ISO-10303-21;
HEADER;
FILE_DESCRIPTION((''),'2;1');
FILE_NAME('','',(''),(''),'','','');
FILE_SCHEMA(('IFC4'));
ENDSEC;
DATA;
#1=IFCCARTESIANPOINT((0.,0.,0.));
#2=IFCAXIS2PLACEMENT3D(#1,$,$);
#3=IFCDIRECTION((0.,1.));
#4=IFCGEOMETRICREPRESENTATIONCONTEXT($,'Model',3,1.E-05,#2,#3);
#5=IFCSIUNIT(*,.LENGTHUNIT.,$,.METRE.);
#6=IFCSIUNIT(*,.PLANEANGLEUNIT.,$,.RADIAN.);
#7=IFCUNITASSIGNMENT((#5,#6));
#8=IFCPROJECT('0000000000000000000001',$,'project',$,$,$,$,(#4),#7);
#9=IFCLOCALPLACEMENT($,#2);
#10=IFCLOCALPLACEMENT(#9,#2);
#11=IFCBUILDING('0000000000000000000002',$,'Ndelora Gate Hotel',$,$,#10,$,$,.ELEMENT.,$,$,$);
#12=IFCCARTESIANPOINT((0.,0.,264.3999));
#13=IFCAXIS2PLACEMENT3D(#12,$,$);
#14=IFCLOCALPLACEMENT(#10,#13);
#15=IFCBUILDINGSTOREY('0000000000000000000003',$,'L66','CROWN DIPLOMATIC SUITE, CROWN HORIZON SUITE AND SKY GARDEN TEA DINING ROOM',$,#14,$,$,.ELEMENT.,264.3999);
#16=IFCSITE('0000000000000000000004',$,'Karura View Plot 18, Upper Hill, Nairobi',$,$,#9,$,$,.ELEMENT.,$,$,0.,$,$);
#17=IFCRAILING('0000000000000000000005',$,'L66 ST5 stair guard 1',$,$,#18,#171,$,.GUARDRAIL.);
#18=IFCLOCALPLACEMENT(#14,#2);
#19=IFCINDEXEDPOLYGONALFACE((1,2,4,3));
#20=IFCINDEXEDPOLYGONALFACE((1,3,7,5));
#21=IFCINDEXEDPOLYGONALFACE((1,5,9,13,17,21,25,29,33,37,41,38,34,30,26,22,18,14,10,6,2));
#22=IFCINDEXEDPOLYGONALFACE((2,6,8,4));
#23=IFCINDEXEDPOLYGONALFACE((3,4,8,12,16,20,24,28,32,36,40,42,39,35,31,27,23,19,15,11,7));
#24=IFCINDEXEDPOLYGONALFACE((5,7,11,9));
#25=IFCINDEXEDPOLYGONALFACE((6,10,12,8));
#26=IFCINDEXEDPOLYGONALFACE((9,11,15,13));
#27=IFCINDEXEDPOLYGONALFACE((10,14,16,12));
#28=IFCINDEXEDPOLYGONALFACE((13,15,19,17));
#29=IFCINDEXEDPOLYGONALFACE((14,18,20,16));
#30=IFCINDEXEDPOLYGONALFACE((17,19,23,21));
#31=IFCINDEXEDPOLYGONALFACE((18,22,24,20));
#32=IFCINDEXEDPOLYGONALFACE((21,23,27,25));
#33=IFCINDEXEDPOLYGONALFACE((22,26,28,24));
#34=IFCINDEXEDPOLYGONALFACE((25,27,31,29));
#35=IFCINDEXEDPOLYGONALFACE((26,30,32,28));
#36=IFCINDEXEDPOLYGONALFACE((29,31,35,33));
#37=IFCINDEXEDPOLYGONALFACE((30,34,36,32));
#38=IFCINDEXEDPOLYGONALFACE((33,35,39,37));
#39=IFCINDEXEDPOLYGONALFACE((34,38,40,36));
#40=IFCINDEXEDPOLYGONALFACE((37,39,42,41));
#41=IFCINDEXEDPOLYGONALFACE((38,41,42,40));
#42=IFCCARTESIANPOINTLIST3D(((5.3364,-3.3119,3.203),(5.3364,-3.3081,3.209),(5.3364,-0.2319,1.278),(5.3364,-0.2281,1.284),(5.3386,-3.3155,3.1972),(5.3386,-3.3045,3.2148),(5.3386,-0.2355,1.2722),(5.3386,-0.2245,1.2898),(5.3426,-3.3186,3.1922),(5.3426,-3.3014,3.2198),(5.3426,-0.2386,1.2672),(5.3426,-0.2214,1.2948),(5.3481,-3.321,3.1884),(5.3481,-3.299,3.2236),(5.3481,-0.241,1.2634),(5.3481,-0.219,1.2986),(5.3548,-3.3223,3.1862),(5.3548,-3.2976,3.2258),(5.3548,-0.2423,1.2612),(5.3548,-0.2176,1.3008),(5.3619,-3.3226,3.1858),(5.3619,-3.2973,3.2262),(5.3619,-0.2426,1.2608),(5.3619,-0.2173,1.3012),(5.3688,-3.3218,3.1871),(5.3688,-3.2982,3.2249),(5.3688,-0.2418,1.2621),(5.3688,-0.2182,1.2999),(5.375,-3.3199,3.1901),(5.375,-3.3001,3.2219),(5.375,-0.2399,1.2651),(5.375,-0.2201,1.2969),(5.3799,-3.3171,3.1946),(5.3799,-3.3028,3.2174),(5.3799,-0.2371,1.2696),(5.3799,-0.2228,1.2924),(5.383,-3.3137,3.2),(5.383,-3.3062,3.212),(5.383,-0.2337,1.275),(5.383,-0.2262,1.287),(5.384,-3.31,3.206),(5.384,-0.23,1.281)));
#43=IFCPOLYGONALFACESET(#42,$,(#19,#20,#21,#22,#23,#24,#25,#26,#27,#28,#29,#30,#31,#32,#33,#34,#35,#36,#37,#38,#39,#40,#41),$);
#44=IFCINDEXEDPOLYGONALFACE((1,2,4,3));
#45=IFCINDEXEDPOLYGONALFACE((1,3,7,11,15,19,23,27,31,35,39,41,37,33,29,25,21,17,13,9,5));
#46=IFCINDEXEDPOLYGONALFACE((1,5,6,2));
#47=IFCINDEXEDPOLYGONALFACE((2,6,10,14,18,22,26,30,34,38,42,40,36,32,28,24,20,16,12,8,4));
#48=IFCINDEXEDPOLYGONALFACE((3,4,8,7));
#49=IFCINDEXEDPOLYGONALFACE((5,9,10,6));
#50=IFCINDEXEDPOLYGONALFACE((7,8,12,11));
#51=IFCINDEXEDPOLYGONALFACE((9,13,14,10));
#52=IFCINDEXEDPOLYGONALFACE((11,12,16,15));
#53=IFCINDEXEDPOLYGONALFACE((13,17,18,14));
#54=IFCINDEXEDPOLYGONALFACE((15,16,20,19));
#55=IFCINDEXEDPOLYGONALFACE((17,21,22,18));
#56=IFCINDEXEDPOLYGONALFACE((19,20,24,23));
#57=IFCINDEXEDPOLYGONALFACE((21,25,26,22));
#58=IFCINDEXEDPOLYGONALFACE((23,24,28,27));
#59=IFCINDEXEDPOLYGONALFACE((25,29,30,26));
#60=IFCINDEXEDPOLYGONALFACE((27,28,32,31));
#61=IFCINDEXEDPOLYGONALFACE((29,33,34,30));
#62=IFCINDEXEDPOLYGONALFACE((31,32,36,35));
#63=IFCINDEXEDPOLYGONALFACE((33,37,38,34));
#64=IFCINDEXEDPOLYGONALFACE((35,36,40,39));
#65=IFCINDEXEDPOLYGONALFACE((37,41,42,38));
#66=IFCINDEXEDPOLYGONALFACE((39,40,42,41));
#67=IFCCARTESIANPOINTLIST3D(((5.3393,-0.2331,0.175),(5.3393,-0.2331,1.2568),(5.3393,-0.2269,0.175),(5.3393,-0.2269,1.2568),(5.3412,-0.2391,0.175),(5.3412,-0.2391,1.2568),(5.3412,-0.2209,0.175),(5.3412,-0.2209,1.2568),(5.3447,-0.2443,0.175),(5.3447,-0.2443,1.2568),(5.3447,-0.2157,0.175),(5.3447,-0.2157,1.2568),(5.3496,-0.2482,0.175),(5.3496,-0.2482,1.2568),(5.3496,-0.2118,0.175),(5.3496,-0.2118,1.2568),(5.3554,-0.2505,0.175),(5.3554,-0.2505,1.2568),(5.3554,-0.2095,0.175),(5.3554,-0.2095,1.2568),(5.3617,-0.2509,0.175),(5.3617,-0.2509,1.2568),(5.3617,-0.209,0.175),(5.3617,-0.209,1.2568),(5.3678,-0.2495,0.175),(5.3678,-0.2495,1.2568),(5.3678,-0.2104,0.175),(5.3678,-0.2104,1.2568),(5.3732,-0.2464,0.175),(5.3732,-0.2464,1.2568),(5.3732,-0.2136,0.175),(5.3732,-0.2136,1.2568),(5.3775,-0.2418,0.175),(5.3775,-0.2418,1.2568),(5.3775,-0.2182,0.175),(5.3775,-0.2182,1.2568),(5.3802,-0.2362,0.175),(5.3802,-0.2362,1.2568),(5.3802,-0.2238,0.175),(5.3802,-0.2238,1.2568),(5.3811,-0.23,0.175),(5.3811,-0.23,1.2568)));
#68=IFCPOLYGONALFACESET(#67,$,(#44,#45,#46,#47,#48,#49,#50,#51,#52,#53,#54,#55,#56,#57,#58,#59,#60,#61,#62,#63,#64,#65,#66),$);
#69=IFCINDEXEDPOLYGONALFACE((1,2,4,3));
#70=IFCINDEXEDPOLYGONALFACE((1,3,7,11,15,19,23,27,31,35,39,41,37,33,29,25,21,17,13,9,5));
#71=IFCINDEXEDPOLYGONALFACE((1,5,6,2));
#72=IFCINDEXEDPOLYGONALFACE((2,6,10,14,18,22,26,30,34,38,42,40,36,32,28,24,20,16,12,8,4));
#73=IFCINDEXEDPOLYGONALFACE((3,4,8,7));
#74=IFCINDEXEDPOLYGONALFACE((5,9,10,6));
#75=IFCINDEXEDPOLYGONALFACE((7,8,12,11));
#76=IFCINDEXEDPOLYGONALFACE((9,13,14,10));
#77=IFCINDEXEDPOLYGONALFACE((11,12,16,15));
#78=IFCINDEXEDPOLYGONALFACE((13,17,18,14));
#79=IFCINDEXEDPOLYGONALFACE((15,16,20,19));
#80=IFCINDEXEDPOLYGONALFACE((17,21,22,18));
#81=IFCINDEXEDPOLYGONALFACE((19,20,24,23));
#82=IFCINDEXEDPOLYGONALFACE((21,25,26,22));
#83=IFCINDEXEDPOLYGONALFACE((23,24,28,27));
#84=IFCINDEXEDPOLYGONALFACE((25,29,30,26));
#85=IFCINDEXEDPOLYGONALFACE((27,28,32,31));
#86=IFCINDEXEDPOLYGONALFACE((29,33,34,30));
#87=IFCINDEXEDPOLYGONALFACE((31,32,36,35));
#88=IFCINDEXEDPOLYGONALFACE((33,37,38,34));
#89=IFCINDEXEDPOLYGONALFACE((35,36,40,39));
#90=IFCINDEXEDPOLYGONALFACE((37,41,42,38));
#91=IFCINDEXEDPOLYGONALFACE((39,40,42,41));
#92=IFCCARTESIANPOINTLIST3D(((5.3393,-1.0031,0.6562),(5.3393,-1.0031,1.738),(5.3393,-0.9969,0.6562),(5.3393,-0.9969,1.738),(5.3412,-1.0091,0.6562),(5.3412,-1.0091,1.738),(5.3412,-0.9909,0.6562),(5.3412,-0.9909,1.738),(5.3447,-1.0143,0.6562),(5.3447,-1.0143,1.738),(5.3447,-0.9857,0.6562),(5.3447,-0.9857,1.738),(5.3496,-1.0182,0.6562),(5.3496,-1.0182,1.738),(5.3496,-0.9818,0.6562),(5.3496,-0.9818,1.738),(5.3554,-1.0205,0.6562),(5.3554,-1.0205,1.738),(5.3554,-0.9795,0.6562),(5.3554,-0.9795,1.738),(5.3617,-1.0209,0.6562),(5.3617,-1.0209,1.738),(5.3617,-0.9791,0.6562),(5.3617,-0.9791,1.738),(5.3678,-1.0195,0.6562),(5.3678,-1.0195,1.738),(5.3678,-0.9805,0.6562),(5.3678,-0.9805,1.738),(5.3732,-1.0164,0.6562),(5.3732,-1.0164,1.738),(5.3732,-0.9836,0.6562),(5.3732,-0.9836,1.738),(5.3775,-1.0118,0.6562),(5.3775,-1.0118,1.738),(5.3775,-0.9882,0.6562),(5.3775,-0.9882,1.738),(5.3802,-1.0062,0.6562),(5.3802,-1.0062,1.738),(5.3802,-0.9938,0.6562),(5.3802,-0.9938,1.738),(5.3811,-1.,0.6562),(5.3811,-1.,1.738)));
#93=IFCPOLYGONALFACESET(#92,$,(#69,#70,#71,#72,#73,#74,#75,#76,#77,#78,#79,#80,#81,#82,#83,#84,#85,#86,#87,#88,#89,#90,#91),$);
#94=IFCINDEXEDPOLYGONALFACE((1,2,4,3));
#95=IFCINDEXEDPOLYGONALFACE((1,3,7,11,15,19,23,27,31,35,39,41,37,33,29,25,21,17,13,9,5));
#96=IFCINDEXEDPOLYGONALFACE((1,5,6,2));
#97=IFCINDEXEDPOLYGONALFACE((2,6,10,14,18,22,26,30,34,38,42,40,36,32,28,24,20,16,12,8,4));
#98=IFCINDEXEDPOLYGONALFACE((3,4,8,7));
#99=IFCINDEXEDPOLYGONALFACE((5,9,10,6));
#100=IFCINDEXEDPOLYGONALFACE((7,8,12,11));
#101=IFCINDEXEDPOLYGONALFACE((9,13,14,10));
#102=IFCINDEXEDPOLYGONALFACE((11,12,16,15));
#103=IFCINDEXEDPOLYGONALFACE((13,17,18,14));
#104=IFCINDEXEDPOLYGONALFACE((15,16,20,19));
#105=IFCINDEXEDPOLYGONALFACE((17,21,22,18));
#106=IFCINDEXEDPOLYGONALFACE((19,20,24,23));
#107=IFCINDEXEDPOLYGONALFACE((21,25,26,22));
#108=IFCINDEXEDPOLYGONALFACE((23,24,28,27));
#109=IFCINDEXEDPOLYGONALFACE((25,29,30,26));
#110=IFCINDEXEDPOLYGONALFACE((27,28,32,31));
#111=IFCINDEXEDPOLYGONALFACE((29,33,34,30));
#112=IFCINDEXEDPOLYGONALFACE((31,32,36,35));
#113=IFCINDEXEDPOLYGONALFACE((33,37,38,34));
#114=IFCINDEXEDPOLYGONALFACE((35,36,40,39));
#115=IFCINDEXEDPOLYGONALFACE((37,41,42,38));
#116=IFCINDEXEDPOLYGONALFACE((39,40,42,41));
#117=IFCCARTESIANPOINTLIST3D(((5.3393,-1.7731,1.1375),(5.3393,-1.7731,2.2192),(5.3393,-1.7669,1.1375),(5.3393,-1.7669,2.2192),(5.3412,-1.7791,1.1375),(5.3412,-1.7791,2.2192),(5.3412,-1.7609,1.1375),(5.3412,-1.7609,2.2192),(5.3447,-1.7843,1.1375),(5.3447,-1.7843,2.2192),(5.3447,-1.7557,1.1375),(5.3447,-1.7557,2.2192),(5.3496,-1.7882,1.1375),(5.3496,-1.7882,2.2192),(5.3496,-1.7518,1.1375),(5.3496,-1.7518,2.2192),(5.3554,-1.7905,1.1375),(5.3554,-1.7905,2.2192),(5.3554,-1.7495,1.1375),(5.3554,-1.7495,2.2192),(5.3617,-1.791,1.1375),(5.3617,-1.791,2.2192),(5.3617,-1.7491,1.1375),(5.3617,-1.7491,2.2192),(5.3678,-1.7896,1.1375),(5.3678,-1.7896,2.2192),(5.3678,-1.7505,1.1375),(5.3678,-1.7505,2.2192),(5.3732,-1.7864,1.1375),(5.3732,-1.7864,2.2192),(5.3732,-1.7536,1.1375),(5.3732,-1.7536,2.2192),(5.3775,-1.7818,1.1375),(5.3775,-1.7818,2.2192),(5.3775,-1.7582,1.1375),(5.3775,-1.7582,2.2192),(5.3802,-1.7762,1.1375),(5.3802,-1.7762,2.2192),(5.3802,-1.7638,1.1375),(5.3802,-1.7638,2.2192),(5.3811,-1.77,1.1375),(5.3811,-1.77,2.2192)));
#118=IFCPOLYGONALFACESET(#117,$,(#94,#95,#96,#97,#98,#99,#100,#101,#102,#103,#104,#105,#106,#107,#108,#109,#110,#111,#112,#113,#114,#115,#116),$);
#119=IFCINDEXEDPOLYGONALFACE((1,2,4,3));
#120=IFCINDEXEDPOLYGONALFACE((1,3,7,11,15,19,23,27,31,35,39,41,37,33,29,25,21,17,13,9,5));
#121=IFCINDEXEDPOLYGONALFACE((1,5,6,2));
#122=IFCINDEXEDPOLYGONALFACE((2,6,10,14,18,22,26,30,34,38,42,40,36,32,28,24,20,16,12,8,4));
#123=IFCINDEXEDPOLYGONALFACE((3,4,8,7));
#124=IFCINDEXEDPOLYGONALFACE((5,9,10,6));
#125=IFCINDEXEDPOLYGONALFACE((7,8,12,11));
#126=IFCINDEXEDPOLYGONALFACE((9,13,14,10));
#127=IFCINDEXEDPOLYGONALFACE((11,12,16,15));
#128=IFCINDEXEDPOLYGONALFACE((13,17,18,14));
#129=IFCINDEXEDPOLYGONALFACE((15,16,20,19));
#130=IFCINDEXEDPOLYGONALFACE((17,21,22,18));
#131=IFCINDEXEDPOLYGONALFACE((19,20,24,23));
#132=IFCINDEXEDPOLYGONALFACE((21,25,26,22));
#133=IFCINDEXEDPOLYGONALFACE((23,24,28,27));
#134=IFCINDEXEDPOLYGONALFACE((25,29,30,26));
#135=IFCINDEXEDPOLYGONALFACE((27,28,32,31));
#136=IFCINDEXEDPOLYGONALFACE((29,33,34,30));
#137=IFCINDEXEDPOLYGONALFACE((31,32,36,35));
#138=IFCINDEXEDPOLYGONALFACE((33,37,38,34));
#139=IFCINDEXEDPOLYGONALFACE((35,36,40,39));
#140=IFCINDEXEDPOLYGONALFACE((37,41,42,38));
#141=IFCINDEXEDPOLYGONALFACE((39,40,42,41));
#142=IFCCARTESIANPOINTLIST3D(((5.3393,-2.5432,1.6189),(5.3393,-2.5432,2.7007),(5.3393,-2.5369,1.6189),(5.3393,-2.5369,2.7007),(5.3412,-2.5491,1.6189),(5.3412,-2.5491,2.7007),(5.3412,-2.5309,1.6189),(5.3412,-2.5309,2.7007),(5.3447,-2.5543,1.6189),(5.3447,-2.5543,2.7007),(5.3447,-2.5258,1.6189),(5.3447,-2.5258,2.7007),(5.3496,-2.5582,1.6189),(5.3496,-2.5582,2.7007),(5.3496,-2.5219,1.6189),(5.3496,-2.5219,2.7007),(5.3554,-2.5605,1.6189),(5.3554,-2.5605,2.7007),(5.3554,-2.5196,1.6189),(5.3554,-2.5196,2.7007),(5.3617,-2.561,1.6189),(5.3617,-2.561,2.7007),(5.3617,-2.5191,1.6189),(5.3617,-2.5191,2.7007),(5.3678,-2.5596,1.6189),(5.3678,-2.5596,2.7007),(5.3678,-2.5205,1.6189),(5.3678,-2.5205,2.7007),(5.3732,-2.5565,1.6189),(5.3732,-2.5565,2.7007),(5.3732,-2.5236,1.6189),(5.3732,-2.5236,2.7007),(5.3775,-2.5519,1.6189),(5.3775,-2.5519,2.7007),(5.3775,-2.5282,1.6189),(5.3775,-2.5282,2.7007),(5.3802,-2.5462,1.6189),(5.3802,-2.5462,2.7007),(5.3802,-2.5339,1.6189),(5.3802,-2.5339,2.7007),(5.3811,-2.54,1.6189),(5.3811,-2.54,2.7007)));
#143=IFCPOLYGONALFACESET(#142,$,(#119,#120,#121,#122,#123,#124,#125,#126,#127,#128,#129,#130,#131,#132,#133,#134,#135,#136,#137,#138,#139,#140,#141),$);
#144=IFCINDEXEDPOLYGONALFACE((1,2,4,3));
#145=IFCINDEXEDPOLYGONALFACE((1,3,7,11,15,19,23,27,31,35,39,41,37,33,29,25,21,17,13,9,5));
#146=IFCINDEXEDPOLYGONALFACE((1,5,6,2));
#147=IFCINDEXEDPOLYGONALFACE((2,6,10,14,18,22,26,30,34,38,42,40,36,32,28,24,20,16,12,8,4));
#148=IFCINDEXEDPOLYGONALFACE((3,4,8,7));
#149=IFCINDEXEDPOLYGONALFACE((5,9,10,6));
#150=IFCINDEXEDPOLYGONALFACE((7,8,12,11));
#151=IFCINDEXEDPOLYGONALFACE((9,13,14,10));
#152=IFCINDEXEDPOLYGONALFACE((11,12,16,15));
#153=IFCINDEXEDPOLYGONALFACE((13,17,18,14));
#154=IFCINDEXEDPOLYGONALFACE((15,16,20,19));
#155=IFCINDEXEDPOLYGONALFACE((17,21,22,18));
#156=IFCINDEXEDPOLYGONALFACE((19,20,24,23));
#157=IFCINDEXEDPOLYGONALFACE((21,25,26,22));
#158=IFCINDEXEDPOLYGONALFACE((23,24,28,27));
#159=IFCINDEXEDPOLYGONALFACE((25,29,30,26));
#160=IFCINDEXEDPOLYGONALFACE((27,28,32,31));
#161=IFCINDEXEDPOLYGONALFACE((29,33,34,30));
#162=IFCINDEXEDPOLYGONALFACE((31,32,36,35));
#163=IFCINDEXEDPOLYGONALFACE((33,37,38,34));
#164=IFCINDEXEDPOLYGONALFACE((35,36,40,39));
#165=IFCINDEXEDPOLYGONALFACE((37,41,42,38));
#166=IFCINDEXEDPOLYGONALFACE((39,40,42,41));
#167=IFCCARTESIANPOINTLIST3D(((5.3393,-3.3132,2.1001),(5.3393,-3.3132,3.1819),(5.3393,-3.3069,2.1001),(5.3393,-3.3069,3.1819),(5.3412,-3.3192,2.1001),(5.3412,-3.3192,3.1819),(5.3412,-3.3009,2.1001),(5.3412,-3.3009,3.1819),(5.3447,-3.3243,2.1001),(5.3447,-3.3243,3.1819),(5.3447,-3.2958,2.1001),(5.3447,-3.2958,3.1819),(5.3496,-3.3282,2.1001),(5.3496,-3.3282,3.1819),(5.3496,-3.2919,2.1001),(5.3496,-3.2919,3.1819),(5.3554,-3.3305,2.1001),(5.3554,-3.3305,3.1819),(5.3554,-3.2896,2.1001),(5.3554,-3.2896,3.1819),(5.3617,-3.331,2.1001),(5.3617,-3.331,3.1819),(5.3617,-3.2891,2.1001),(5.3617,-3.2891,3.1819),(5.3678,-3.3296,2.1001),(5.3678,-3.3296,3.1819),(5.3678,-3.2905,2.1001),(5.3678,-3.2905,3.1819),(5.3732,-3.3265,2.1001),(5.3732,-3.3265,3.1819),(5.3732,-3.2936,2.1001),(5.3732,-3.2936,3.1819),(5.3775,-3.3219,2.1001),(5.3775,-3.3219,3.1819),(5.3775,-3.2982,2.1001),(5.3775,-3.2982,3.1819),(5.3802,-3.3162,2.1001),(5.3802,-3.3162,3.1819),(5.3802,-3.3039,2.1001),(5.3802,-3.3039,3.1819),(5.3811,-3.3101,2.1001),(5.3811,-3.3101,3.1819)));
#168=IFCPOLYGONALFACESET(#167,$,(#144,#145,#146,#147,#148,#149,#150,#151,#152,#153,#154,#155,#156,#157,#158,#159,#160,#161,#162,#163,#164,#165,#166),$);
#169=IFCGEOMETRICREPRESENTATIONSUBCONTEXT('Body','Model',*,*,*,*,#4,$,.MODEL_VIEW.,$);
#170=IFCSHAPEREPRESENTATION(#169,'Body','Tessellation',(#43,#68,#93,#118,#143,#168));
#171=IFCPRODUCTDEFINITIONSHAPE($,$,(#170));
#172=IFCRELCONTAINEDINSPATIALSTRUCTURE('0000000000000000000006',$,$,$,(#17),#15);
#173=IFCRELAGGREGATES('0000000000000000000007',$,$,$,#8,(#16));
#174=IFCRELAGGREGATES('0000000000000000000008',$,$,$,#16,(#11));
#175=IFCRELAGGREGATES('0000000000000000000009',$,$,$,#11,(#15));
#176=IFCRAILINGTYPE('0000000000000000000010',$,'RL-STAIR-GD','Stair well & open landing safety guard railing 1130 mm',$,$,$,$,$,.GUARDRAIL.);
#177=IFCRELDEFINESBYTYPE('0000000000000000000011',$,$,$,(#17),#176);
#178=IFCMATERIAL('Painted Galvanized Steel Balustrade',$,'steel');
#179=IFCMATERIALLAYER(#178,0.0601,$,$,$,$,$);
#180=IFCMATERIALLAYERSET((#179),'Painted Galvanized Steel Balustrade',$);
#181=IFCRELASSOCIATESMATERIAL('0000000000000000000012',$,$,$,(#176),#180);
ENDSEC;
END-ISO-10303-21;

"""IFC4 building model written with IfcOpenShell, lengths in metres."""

from ifc_helpers import new_model, si_unit, direction, frame, origin, origin_2d, place, context, subcontext, project, spatial, circle, extrude, material, layer, layer_set, type_object, element, save


model = new_model("IFC4")

# Units and contexts
model_context = context("Model", 3, precision=1e-05, world=origin(), true_north=direction((0.0, 1.0)))
body_context = subcontext(model_context, "Body", "Model", "MODEL_VIEW")
ifc_project = project(units=[si_unit("LENGTHUNIT", "METRE"), si_unit("PLANEANGLEUNIT", "RADIAN")], contexts=[model_context])

# Site, building, storey
site_placement = place(None, origin())
site = spatial("IfcSite", under=ifc_project, at=site_placement, Name="Karura View Plot 18, Upper Hill, Nairobi", CompositionType="ELEMENT", RefElevation=0.0)
building_placement = place(site_placement, origin())
building = spatial("IfcBuilding", under=site, at=building_placement, Name="Ndelora Gate Hotel", CompositionType="ELEMENT")
storey_placement = place(building_placement, frame((0.0, 0.0, 264.3999)))
storey = spatial("IfcBuildingStorey", under=building, at=storey_placement, Name="L66", Description="CROWN DIPLOMATIC SUITE, CROWN HORIZON SUITE AND SKY GARDEN TEA DINING ROOM", CompositionType="ELEMENT", Elevation=264.3999)

# Railing
ifc_material_1 = material(Name="Painted Galvanized Steel Balustrade", Category="steel")
ifc_layer_1 = layer(ifc_material_1, 0.0601)
ifc_layer_set_1 = layer_set([ifc_layer_1], Name="Painted Galvanized Steel Balustrade")
railing_type_1 = type_object("IfcRailingType", Name="RL-STAIR-GD", Description="Stair well & open landing safety guard railing 1130 mm", PredefinedType="GUARDRAIL", material=ifc_layer_set_1)
railing_1_placement = place(storey_placement, frame((5.3601, -0.23, 0.175)))
element("IfcRailing", 1, at=railing_1_placement, inside=storey, type_object=railing_type_1, Name="L66 ST5 stair guard 1", PredefinedType="GUARDRAIL", context=body_context, shape_type="SweptSolid", body=[
    extrude(circle(Radius=0.0239, at=origin_2d()), frame((0.0, 0.0, 1.106), z_axis=(0.0, -0.847998, 0.529999), x_axis=(1.0, 0.0, 0.0)), (0.0, 0.0, 1.0), 3.6321),
    extrude(circle(Radius=0.021, at=origin_2d()), origin(), (0.0, 0.0, 1.0), 1.0818),
    extrude(circle(Radius=0.021, at=origin_2d()), frame((0.0, -0.77, 0.4812)), (0.0, 0.0, 1.0), 1.0818),
    extrude(circle(Radius=0.021, at=origin_2d()), frame((0.0, -1.54, 0.9624)), (0.0, 0.0, 1.0), 1.0818),
    extrude(circle(Radius=0.021, at=origin_2d()), frame((0.0, -2.3101, 1.4438)), (0.0, 0.0, 1.0), 1.0818),
    extrude(circle(Radius=0.021, at=origin_2d()), frame((0.0, -3.0801, 1.925)), (0.0, 0.0, 1.0), 1.0818),
])

save(model, "model.ifc")
